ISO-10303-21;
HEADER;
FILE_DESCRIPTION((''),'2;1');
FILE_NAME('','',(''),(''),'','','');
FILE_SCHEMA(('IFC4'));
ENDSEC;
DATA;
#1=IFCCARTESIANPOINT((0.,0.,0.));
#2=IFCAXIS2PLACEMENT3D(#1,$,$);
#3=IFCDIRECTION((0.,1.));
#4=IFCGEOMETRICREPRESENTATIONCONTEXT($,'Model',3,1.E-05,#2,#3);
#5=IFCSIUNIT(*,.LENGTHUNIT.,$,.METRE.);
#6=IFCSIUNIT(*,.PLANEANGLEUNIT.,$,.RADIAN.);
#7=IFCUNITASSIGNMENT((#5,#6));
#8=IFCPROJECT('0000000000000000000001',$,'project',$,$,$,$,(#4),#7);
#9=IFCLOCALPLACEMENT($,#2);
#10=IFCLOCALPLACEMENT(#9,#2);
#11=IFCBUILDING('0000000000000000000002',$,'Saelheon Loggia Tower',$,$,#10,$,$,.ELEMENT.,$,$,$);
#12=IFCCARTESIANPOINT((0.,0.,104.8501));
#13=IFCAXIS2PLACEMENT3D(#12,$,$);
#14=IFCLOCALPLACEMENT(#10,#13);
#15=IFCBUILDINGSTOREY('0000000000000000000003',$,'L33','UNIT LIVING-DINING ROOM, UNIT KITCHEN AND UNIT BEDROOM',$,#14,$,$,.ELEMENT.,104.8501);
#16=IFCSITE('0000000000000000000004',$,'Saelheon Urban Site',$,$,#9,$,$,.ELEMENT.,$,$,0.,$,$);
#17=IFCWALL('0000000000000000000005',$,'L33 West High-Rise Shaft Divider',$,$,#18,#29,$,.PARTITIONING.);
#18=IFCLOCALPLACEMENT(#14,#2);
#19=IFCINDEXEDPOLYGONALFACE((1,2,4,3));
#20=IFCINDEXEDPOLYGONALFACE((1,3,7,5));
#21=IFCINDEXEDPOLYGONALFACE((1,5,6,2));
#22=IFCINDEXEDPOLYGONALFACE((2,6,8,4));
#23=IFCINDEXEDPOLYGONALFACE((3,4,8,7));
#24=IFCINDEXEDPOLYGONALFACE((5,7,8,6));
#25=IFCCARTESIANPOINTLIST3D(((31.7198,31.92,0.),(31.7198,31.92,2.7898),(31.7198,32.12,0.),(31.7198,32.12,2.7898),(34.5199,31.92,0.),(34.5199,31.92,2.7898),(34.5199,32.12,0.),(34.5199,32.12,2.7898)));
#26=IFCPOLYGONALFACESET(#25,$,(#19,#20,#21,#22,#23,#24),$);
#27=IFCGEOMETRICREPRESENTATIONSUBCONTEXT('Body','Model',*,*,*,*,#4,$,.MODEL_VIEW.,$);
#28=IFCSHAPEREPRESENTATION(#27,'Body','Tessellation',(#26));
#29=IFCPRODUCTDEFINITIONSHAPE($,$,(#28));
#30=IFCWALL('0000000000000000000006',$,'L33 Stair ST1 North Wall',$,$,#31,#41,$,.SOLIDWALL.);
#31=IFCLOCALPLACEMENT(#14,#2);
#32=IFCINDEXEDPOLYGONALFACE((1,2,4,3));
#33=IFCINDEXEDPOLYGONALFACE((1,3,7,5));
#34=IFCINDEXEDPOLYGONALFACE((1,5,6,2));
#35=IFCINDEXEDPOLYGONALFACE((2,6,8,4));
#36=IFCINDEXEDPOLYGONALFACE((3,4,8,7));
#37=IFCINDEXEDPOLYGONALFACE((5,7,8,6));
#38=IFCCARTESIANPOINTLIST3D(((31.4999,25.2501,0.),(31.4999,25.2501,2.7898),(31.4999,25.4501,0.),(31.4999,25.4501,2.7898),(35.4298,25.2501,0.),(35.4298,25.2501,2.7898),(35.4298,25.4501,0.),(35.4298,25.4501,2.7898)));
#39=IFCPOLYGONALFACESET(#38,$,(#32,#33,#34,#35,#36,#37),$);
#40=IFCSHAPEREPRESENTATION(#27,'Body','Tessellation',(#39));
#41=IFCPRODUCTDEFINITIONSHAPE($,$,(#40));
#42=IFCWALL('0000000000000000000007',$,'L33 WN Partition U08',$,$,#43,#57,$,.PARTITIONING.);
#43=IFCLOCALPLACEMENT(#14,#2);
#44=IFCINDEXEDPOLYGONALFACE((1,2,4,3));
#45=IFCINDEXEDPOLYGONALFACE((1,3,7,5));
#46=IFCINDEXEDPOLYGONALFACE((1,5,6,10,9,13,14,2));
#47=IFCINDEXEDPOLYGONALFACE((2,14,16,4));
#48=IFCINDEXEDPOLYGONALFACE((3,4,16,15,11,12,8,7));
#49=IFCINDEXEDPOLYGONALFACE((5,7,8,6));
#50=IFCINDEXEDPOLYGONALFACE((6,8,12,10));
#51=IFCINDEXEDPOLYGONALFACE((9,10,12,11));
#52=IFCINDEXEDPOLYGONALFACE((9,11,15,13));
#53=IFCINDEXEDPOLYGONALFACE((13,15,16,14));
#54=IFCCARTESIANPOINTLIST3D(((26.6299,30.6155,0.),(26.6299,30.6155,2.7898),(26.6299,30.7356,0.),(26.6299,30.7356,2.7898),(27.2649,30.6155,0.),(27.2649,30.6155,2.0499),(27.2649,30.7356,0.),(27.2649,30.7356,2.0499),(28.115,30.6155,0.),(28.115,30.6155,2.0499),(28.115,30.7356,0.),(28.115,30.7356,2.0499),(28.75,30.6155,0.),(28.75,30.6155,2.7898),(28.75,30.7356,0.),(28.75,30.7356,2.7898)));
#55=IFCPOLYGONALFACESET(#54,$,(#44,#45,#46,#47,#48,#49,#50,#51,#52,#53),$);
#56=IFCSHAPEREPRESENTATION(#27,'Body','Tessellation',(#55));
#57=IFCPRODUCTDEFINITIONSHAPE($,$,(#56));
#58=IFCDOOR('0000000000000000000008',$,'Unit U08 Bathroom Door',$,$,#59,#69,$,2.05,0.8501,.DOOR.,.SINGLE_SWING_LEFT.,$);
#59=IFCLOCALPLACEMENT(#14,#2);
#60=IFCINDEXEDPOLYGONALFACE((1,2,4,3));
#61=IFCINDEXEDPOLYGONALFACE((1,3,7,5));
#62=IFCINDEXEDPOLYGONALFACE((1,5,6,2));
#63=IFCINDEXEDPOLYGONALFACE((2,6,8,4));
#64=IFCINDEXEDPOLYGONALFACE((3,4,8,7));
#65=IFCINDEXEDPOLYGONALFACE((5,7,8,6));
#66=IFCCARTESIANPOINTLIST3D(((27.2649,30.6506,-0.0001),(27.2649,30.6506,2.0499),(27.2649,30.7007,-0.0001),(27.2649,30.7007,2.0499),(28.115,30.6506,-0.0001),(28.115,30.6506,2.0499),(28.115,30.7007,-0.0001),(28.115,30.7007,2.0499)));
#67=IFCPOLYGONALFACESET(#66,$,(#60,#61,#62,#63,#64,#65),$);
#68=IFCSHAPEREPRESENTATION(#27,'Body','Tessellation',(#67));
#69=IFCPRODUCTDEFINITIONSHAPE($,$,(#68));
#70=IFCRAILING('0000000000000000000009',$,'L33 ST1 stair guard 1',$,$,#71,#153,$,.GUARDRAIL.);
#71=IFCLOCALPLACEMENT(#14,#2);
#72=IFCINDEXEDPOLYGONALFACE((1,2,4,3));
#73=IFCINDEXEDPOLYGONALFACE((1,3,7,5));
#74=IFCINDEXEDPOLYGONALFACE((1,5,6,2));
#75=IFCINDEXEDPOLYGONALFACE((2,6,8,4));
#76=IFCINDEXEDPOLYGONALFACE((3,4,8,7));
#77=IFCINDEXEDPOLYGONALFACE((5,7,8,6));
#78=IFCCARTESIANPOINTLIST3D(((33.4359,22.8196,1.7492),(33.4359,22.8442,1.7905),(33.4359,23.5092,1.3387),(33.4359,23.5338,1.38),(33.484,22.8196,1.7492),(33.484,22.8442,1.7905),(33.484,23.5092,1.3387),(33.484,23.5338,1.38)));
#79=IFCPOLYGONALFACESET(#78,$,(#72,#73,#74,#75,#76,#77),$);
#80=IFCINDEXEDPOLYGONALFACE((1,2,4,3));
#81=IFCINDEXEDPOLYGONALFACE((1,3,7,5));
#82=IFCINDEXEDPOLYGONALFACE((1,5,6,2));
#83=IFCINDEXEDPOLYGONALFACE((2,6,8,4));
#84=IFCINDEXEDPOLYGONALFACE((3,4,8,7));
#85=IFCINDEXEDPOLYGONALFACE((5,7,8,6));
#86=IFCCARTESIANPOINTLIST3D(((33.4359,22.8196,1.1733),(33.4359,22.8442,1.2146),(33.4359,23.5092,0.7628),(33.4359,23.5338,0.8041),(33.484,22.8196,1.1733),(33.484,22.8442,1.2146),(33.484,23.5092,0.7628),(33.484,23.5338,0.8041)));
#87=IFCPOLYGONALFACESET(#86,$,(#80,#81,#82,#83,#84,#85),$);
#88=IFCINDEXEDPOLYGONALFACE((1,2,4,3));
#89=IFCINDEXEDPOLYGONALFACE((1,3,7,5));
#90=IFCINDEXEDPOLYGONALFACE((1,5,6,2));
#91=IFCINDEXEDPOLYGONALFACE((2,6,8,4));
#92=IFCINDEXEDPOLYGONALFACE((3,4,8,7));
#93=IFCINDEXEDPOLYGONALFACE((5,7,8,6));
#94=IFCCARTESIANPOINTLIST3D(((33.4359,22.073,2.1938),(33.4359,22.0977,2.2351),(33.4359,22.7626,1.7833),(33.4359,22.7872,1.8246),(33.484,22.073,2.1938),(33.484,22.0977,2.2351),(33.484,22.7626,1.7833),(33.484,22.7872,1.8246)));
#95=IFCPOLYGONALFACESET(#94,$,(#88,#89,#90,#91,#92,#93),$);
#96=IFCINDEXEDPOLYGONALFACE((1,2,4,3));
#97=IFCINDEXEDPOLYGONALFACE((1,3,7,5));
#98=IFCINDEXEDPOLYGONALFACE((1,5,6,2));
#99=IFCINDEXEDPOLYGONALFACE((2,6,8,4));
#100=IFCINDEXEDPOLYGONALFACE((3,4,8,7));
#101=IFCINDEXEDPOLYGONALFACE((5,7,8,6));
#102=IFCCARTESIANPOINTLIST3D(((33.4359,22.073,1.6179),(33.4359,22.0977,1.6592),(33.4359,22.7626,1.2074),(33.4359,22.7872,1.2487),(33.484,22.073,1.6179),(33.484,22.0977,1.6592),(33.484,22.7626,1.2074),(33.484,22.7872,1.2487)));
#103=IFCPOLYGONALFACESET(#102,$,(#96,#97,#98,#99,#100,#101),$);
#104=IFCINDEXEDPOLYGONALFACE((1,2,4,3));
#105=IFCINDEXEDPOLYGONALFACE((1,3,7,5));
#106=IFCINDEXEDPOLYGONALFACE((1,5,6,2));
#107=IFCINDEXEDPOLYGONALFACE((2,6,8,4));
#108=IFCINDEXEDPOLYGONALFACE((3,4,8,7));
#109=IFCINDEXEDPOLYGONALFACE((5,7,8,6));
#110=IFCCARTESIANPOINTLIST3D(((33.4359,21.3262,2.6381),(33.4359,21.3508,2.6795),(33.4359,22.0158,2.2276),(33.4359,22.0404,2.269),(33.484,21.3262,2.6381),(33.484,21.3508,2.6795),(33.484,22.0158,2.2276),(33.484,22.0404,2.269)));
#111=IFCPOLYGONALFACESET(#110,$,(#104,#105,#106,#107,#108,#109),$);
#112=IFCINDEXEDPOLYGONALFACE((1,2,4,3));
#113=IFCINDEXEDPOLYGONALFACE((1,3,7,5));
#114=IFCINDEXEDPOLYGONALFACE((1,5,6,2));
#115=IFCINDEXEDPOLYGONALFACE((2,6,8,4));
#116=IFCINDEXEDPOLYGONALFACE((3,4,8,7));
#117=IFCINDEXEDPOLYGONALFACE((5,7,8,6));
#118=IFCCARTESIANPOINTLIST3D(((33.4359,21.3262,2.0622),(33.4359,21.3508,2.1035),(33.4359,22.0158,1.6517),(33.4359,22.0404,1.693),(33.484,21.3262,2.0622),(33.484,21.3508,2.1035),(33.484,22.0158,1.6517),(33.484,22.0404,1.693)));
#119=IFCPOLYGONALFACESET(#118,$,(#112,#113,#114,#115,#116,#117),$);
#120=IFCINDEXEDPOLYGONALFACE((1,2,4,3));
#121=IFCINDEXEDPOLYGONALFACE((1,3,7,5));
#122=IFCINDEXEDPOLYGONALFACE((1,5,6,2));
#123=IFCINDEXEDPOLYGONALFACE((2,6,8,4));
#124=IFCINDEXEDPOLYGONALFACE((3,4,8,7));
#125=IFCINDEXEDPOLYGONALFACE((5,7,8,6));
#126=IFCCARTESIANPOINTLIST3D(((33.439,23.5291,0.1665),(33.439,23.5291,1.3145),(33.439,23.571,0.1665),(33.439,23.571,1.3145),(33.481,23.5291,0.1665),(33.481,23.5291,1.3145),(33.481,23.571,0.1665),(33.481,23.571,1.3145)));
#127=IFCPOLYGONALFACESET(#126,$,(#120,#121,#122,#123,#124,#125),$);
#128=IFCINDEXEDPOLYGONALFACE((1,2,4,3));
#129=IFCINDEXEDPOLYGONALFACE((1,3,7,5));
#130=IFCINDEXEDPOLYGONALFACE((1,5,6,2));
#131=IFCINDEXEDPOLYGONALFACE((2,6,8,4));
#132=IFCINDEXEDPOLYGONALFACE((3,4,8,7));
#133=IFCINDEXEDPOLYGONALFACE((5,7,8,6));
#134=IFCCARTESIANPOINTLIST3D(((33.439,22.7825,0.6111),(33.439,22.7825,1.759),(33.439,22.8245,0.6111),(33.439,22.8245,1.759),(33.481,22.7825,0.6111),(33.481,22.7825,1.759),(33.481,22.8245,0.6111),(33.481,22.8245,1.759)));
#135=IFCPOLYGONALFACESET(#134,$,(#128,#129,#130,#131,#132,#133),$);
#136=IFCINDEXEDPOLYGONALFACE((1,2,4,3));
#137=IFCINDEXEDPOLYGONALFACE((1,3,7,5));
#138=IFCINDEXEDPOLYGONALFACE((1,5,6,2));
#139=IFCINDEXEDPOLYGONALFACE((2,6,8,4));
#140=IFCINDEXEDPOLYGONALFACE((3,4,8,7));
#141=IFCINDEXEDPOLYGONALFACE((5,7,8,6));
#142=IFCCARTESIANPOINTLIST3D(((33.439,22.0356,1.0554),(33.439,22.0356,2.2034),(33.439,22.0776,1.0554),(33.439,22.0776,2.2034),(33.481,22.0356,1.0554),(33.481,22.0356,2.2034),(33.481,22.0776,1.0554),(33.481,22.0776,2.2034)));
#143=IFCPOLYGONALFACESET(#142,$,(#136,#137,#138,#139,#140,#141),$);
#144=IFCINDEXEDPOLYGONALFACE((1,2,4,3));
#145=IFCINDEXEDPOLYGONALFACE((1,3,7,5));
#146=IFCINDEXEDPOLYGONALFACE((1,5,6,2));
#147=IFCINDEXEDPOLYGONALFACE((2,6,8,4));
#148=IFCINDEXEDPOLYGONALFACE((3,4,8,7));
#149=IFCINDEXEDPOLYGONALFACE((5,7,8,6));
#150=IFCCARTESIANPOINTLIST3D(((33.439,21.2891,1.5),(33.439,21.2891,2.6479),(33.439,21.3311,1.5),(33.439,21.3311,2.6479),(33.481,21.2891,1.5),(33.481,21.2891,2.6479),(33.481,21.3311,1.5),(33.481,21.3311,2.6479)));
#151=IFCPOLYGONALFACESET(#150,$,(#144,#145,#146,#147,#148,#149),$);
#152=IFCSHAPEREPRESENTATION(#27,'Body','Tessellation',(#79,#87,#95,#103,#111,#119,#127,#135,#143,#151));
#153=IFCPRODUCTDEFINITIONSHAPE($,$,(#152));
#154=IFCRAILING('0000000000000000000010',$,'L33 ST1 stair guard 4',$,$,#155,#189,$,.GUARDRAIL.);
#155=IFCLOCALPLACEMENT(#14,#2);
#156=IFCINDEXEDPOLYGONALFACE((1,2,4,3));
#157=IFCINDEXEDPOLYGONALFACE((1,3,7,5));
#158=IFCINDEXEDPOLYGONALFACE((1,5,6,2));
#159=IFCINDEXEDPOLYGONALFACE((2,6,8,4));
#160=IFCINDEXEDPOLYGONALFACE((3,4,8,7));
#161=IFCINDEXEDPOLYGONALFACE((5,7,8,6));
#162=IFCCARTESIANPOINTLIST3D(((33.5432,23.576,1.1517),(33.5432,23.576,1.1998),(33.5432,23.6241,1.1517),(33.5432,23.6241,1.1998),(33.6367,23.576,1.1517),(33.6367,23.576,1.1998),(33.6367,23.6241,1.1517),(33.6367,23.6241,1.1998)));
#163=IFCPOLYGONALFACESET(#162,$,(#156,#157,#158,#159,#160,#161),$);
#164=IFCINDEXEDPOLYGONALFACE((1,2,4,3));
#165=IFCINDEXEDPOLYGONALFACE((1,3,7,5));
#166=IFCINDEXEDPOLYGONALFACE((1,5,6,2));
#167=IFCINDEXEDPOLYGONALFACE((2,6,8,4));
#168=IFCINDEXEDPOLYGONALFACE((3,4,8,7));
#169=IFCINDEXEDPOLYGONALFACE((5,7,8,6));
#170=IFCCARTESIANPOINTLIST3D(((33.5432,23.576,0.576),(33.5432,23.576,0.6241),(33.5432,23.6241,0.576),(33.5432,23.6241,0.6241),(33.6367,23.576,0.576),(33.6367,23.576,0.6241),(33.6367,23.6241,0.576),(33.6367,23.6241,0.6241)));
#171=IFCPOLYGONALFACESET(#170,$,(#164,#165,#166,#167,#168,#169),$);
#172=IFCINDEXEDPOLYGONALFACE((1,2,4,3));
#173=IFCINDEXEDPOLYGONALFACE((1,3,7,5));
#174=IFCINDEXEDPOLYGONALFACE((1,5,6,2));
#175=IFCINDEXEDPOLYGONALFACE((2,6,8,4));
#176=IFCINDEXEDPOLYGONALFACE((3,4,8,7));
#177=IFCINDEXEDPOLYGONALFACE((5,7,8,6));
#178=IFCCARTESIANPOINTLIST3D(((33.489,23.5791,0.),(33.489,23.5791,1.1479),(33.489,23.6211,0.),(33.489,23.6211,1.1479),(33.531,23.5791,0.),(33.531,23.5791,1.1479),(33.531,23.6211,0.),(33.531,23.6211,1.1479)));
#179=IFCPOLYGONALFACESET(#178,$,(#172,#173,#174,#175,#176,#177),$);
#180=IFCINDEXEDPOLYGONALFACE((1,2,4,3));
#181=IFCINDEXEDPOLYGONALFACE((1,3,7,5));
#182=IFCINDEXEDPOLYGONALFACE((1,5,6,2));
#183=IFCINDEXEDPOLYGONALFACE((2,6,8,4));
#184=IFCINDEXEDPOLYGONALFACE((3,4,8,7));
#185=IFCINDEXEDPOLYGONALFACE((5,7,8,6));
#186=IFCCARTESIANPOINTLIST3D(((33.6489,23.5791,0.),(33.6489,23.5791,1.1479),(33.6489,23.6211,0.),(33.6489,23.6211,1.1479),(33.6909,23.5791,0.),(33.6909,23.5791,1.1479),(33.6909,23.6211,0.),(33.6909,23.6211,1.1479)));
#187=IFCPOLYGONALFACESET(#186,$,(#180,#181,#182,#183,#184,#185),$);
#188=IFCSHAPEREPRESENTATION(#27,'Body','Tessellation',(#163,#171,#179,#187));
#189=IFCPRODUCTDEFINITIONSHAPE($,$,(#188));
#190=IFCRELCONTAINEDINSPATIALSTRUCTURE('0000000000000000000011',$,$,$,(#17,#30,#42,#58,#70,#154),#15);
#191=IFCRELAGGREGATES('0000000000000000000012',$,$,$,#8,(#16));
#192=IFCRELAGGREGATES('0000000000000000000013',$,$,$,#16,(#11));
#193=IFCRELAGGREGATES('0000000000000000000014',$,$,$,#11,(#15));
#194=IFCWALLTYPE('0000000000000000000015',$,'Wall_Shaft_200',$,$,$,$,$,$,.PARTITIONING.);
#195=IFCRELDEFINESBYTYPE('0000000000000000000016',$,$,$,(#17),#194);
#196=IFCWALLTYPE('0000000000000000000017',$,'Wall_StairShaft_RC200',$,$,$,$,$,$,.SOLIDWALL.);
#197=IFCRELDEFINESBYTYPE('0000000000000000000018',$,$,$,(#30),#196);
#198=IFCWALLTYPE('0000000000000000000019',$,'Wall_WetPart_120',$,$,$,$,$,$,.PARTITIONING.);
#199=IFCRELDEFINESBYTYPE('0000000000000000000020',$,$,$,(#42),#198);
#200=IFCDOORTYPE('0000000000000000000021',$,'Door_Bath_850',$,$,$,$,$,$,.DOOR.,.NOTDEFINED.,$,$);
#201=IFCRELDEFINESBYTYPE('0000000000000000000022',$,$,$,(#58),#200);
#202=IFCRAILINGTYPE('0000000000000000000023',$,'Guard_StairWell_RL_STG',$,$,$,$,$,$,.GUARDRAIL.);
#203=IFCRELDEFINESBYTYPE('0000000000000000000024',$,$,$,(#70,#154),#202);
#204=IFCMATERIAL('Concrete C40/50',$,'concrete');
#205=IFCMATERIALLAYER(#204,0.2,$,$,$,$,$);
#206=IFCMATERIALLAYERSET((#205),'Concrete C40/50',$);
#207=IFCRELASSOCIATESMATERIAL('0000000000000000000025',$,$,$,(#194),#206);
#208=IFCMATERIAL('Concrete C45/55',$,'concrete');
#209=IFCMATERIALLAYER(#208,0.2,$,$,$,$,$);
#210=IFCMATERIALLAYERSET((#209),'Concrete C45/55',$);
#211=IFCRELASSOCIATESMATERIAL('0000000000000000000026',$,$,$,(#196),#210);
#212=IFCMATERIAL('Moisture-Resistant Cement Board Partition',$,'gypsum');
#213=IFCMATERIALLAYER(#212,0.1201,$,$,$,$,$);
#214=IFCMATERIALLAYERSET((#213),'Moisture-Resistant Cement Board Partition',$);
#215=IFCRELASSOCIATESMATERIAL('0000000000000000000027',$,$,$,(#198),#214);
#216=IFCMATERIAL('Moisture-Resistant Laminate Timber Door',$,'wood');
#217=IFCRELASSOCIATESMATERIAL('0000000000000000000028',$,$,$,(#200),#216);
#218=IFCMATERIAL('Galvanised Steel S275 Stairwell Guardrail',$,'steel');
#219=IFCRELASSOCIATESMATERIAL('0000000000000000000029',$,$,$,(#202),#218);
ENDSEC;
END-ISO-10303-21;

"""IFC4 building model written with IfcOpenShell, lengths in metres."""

from ifc_helpers import new_model, si_unit, direction, frame, frame_2d, origin, origin_2d, place, context, subcontext, project, spatial, rectangle, extrude, source, transform, mapped, material, layer, layer_set, type_object, element, fill, save


model = new_model("IFC4")

# Units and contexts
model_context = context("Model", 3, precision=1e-05, world=origin(), true_north=direction((0.0, 1.0)))
body_context = subcontext(model_context, "Body", "Model", "MODEL_VIEW")
ifc_project = project(units=[si_unit("LENGTHUNIT", "METRE"), si_unit("PLANEANGLEUNIT", "RADIAN")], contexts=[model_context])

# Site, building, storey
site_placement = place(None, origin())
site = spatial("IfcSite", under=ifc_project, at=site_placement, Name="Saelheon Urban Site", CompositionType="ELEMENT", RefElevation=0.0)
building_placement = place(site_placement, origin())
building = spatial("IfcBuilding", under=site, at=building_placement, Name="Saelheon Loggia Tower", CompositionType="ELEMENT")
storey_placement = place(building_placement, frame((0.0, 0.0, 104.8501)))
storey = spatial("IfcBuildingStorey", under=building, at=storey_placement, Name="L33", Description="UNIT LIVING-DINING ROOM, UNIT KITCHEN AND UNIT BEDROOM", CompositionType="ELEMENT", Elevation=104.8501)

# Shared definitions
ifc_material_1 = material(Name="Concrete C40/50", Category="concrete")
ifc_layer_1 = layer(ifc_material_1, 0.2)
ifc_layer_set_1 = layer_set([ifc_layer_1], Name="Concrete C40/50")
wall_type_1 = type_object("IfcWallType", Name="Wall_Shaft_200", PredefinedType="PARTITIONING", material=ifc_layer_set_1)

# Walls
wall_1_placement = place(storey_placement, frame((31.72, 32.02, 0.0), z_axis=(0.0, 0.0, 1.0), x_axis=(1.0, 0.0, 0.0)))
element("IfcWall", 1, at=wall_1_placement, inside=storey, type_object=wall_type_1, Name="L33 West High-Rise Shaft Divider", PredefinedType="PARTITIONING", context=body_context, shape_type="SweptSolid", body=[
    extrude(rectangle(XDim=2.8, YDim=0.2, at=frame_2d((1.3999, 0.0))), origin(), (0.0, 0.0, 1.0), 2.7898),
])
ifc_material_2 = material(Name="Concrete C45/55", Category="concrete")
ifc_layer_2 = layer(ifc_material_2, 0.2)
ifc_layer_set_2 = layer_set([ifc_layer_2], Name="Concrete C45/55")
wall_type_2 = type_object("IfcWallType", Name="Wall_StairShaft_RC200", PredefinedType="SOLIDWALL", material=ifc_layer_set_2)
wall_2_placement = place(storey_placement, frame((31.5, 25.3501, 0.0), z_axis=(0.0, 0.0, 1.0), x_axis=(1.0, 0.0, 0.0)))
element("IfcWall", 2, at=wall_2_placement, inside=storey, type_object=wall_type_2, Name="L33 Stair ST1 North Wall", PredefinedType="SOLIDWALL", context=body_context, shape_type="SweptSolid", body=[
    extrude(rectangle(XDim=3.9299, YDim=0.2, at=frame_2d((1.9648, 0.0))), origin(), (0.0, 0.0, 1.0), 2.7898),
])

# Wall, opening, door
ifc_material_3 = material(Name="Moisture-Resistant Cement Board Partition", Category="gypsum")
ifc_layer_3 = layer(ifc_material_3, 0.1201)
ifc_layer_set_3 = layer_set([ifc_layer_3], Name="Moisture-Resistant Cement Board Partition")
wall_type_3 = type_object("IfcWallType", Name="Wall_WetPart_120", PredefinedType="PARTITIONING", material=ifc_layer_set_3)
wall_3_placement = place(storey_placement, frame((28.75, 30.6755, 0.0), z_axis=(0.0, 0.0, 1.0), x_axis=(-1.0, 0.0, 0.0)))
wall_3 = element("IfcWall", 3, at=wall_3_placement, inside=storey, type_object=wall_type_3, Name="L33 WN Partition U08", PredefinedType="PARTITIONING", context=body_context, shape_type="SweptSolid", body=[
    extrude(rectangle(XDim=2.1201, YDim=0.1201, at=frame_2d((1.0601, 0.0))), origin(), (0.0, 0.0, 1.0), 2.7898),
])
opening_1_placement = place(wall_3_placement, frame((0.635, 0.0, 0.0)))
opening_1 = element("IfcOpeningElement", 4, at=opening_1_placement, cuts=wall_3, PredefinedType="OPENING", context=body_context, shape_type="SweptSolid", body=[
    extrude(rectangle(XDim=0.8501, YDim=2.05, at=frame_2d((0.425, 1.0249))), frame((0.0, 0.072, 0.0), z_axis=(0.0, -1.0, 0.0), x_axis=(1.0, 0.0, 0.0)), (0.0, 0.0, 1.0), 0.144),
])
ifc_material_4 = material(Name="Moisture-Resistant Laminate Timber Door", Category="wood")
door_type_1 = type_object("IfcDoorType", Name="Door_Bath_850", OperationType="NOTDEFINED", PredefinedType="DOOR", material=ifc_material_4)
shared_shape_1 = source(origin(), body_context, "Body", "SweptSolid", [
    extrude(rectangle(XDim=0.8501, YDim=2.05, at=frame_2d((0.425, 1.0249))), frame((0.0, 0.0249, 0.0), z_axis=(0.0, -1.0, 0.0), x_axis=(1.0, 0.0, 0.0)), (0.0, 0.0, 1.0), 0.05),
])
door_1_placement = place(opening_1_placement, origin())
door_1 = element("IfcDoor", 5, at=door_1_placement, inside=storey, type_object=door_type_1, Name="Unit U08 Bathroom Door", OperationType="SINGLE_SWING_LEFT", OverallHeight=2.05, OverallWidth=0.8501, PredefinedType="DOOR", context=body_context, shape_type="MappedRepresentation", body=[
    mapped(shared_shape_1, transform((0.0, 0.0, 0.0), scale=1.0)),
])
fill(opening_1, door_1)

# Railings
ifc_material_5 = material(Name="Galvanised Steel S275 Stairwell Guardrail", Category="steel")
railing_type_1 = type_object("IfcRailingType", Name="Guard_StairWell_RL_STG", PredefinedType="GUARDRAIL", material=ifc_material_5)
railing_1_placement = place(storey_placement, frame((33.46, 23.55, 0.1665)))
element("IfcRailing", 6, at=railing_1_placement, inside=storey, type_object=railing_type_1, Name="L33 ST1 stair guard 1", PredefinedType="GUARDRAIL", context=body_context, shape_type="SweptSolid", body=[
    extrude(rectangle(XDim=0.0481, YDim=0.0481, at=origin_2d()), frame((0.0, -0.0286, 1.1929), z_axis=(0.0, -0.859264, 0.511532), x_axis=(1.0, 0.0, 0.0)), (0.0, 0.0, 1.0), 0.8025),
    extrude(rectangle(XDim=0.0481, YDim=0.0481, at=origin_2d()), frame((0.0, -0.0286, 0.6169), z_axis=(0.0, -0.859264, 0.511532), x_axis=(1.0, 0.0, 0.0)), (0.0, 0.0, 1.0), 0.8025),
    extrude(rectangle(XDim=0.0481, YDim=0.0481, at=origin_2d()), frame((0.0, -0.7751, 1.6375), z_axis=(0.0, -0.859264, 0.511532), x_axis=(1.0, 0.0, 0.0)), (0.0, 0.0, 1.0), 0.8025),
    extrude(rectangle(XDim=0.0481, YDim=0.0481, at=origin_2d()), frame((0.0, -0.7751, 1.0615), z_axis=(0.0, -0.859264, 0.511532), x_axis=(1.0, 0.0, 0.0)), (0.0, 0.0, 1.0), 0.8025),
    extrude(rectangle(XDim=0.0481, YDim=0.0481, at=origin_2d()), frame((0.0, -1.522, 2.0818), z_axis=(0.0, -0.859264, 0.511532), x_axis=(1.0, 0.0, 0.0)), (0.0, 0.0, 1.0), 0.8025),
    extrude(rectangle(XDim=0.0481, YDim=0.0481, at=origin_2d()), frame((0.0, -1.522, 1.5059), z_axis=(0.0, -0.859264, 0.511532), x_axis=(1.0, 0.0, 0.0)), (0.0, 0.0, 1.0), 0.8025),
    extrude(rectangle(XDim=0.042, YDim=0.042, at=origin_2d()), origin(), (0.0, 0.0, 1.0), 1.1479),
    extrude(rectangle(XDim=0.042, YDim=0.042, at=origin_2d()), frame((0.0, -0.7466, 0.4446)), (0.0, 0.0, 1.0), 1.1479),
    extrude(rectangle(XDim=0.042, YDim=0.042, at=origin_2d()), frame((0.0, -1.4934, 0.8889)), (0.0, 0.0, 1.0), 1.1479),
    extrude(rectangle(XDim=0.042, YDim=0.042, at=origin_2d()), frame((0.0, -2.24, 1.3335)), (0.0, 0.0, 1.0), 1.1479),
])
railing_2_placement = place(storey_placement, frame((33.51, 23.6001, 0.0)))
element("IfcRailing", 7, at=railing_2_placement, inside=storey, type_object=railing_type_1, Name="L33 ST1 stair guard 4", PredefinedType="GUARDRAIL", context=body_context, shape_type="SweptSolid", body=[
    extrude(rectangle(XDim=0.0481, YDim=0.0481, at=origin_2d()), frame((0.0332, 0.0, 1.1758), z_axis=(1.0, 0.0, 0.0), x_axis=(0.0, 1.0, 0.0)), (0.0, 0.0, 1.0), 0.0935),
    extrude(rectangle(XDim=0.0481, YDim=0.0481, at=origin_2d()), frame((0.0332, 0.0, 0.6001), z_axis=(1.0, 0.0, 0.0), x_axis=(0.0, 1.0, 0.0)), (0.0, 0.0, 1.0), 0.0935),
    extrude(rectangle(XDim=0.042, YDim=0.042, at=origin_2d()), origin(), (0.0, 0.0, 1.0), 1.1479),
    extrude(rectangle(XDim=0.042, YDim=0.042, at=origin_2d()), frame((0.1599, 0.0, 0.0)), (0.0, 0.0, 1.0), 1.1479),
])

save(model, "model.ifc")
